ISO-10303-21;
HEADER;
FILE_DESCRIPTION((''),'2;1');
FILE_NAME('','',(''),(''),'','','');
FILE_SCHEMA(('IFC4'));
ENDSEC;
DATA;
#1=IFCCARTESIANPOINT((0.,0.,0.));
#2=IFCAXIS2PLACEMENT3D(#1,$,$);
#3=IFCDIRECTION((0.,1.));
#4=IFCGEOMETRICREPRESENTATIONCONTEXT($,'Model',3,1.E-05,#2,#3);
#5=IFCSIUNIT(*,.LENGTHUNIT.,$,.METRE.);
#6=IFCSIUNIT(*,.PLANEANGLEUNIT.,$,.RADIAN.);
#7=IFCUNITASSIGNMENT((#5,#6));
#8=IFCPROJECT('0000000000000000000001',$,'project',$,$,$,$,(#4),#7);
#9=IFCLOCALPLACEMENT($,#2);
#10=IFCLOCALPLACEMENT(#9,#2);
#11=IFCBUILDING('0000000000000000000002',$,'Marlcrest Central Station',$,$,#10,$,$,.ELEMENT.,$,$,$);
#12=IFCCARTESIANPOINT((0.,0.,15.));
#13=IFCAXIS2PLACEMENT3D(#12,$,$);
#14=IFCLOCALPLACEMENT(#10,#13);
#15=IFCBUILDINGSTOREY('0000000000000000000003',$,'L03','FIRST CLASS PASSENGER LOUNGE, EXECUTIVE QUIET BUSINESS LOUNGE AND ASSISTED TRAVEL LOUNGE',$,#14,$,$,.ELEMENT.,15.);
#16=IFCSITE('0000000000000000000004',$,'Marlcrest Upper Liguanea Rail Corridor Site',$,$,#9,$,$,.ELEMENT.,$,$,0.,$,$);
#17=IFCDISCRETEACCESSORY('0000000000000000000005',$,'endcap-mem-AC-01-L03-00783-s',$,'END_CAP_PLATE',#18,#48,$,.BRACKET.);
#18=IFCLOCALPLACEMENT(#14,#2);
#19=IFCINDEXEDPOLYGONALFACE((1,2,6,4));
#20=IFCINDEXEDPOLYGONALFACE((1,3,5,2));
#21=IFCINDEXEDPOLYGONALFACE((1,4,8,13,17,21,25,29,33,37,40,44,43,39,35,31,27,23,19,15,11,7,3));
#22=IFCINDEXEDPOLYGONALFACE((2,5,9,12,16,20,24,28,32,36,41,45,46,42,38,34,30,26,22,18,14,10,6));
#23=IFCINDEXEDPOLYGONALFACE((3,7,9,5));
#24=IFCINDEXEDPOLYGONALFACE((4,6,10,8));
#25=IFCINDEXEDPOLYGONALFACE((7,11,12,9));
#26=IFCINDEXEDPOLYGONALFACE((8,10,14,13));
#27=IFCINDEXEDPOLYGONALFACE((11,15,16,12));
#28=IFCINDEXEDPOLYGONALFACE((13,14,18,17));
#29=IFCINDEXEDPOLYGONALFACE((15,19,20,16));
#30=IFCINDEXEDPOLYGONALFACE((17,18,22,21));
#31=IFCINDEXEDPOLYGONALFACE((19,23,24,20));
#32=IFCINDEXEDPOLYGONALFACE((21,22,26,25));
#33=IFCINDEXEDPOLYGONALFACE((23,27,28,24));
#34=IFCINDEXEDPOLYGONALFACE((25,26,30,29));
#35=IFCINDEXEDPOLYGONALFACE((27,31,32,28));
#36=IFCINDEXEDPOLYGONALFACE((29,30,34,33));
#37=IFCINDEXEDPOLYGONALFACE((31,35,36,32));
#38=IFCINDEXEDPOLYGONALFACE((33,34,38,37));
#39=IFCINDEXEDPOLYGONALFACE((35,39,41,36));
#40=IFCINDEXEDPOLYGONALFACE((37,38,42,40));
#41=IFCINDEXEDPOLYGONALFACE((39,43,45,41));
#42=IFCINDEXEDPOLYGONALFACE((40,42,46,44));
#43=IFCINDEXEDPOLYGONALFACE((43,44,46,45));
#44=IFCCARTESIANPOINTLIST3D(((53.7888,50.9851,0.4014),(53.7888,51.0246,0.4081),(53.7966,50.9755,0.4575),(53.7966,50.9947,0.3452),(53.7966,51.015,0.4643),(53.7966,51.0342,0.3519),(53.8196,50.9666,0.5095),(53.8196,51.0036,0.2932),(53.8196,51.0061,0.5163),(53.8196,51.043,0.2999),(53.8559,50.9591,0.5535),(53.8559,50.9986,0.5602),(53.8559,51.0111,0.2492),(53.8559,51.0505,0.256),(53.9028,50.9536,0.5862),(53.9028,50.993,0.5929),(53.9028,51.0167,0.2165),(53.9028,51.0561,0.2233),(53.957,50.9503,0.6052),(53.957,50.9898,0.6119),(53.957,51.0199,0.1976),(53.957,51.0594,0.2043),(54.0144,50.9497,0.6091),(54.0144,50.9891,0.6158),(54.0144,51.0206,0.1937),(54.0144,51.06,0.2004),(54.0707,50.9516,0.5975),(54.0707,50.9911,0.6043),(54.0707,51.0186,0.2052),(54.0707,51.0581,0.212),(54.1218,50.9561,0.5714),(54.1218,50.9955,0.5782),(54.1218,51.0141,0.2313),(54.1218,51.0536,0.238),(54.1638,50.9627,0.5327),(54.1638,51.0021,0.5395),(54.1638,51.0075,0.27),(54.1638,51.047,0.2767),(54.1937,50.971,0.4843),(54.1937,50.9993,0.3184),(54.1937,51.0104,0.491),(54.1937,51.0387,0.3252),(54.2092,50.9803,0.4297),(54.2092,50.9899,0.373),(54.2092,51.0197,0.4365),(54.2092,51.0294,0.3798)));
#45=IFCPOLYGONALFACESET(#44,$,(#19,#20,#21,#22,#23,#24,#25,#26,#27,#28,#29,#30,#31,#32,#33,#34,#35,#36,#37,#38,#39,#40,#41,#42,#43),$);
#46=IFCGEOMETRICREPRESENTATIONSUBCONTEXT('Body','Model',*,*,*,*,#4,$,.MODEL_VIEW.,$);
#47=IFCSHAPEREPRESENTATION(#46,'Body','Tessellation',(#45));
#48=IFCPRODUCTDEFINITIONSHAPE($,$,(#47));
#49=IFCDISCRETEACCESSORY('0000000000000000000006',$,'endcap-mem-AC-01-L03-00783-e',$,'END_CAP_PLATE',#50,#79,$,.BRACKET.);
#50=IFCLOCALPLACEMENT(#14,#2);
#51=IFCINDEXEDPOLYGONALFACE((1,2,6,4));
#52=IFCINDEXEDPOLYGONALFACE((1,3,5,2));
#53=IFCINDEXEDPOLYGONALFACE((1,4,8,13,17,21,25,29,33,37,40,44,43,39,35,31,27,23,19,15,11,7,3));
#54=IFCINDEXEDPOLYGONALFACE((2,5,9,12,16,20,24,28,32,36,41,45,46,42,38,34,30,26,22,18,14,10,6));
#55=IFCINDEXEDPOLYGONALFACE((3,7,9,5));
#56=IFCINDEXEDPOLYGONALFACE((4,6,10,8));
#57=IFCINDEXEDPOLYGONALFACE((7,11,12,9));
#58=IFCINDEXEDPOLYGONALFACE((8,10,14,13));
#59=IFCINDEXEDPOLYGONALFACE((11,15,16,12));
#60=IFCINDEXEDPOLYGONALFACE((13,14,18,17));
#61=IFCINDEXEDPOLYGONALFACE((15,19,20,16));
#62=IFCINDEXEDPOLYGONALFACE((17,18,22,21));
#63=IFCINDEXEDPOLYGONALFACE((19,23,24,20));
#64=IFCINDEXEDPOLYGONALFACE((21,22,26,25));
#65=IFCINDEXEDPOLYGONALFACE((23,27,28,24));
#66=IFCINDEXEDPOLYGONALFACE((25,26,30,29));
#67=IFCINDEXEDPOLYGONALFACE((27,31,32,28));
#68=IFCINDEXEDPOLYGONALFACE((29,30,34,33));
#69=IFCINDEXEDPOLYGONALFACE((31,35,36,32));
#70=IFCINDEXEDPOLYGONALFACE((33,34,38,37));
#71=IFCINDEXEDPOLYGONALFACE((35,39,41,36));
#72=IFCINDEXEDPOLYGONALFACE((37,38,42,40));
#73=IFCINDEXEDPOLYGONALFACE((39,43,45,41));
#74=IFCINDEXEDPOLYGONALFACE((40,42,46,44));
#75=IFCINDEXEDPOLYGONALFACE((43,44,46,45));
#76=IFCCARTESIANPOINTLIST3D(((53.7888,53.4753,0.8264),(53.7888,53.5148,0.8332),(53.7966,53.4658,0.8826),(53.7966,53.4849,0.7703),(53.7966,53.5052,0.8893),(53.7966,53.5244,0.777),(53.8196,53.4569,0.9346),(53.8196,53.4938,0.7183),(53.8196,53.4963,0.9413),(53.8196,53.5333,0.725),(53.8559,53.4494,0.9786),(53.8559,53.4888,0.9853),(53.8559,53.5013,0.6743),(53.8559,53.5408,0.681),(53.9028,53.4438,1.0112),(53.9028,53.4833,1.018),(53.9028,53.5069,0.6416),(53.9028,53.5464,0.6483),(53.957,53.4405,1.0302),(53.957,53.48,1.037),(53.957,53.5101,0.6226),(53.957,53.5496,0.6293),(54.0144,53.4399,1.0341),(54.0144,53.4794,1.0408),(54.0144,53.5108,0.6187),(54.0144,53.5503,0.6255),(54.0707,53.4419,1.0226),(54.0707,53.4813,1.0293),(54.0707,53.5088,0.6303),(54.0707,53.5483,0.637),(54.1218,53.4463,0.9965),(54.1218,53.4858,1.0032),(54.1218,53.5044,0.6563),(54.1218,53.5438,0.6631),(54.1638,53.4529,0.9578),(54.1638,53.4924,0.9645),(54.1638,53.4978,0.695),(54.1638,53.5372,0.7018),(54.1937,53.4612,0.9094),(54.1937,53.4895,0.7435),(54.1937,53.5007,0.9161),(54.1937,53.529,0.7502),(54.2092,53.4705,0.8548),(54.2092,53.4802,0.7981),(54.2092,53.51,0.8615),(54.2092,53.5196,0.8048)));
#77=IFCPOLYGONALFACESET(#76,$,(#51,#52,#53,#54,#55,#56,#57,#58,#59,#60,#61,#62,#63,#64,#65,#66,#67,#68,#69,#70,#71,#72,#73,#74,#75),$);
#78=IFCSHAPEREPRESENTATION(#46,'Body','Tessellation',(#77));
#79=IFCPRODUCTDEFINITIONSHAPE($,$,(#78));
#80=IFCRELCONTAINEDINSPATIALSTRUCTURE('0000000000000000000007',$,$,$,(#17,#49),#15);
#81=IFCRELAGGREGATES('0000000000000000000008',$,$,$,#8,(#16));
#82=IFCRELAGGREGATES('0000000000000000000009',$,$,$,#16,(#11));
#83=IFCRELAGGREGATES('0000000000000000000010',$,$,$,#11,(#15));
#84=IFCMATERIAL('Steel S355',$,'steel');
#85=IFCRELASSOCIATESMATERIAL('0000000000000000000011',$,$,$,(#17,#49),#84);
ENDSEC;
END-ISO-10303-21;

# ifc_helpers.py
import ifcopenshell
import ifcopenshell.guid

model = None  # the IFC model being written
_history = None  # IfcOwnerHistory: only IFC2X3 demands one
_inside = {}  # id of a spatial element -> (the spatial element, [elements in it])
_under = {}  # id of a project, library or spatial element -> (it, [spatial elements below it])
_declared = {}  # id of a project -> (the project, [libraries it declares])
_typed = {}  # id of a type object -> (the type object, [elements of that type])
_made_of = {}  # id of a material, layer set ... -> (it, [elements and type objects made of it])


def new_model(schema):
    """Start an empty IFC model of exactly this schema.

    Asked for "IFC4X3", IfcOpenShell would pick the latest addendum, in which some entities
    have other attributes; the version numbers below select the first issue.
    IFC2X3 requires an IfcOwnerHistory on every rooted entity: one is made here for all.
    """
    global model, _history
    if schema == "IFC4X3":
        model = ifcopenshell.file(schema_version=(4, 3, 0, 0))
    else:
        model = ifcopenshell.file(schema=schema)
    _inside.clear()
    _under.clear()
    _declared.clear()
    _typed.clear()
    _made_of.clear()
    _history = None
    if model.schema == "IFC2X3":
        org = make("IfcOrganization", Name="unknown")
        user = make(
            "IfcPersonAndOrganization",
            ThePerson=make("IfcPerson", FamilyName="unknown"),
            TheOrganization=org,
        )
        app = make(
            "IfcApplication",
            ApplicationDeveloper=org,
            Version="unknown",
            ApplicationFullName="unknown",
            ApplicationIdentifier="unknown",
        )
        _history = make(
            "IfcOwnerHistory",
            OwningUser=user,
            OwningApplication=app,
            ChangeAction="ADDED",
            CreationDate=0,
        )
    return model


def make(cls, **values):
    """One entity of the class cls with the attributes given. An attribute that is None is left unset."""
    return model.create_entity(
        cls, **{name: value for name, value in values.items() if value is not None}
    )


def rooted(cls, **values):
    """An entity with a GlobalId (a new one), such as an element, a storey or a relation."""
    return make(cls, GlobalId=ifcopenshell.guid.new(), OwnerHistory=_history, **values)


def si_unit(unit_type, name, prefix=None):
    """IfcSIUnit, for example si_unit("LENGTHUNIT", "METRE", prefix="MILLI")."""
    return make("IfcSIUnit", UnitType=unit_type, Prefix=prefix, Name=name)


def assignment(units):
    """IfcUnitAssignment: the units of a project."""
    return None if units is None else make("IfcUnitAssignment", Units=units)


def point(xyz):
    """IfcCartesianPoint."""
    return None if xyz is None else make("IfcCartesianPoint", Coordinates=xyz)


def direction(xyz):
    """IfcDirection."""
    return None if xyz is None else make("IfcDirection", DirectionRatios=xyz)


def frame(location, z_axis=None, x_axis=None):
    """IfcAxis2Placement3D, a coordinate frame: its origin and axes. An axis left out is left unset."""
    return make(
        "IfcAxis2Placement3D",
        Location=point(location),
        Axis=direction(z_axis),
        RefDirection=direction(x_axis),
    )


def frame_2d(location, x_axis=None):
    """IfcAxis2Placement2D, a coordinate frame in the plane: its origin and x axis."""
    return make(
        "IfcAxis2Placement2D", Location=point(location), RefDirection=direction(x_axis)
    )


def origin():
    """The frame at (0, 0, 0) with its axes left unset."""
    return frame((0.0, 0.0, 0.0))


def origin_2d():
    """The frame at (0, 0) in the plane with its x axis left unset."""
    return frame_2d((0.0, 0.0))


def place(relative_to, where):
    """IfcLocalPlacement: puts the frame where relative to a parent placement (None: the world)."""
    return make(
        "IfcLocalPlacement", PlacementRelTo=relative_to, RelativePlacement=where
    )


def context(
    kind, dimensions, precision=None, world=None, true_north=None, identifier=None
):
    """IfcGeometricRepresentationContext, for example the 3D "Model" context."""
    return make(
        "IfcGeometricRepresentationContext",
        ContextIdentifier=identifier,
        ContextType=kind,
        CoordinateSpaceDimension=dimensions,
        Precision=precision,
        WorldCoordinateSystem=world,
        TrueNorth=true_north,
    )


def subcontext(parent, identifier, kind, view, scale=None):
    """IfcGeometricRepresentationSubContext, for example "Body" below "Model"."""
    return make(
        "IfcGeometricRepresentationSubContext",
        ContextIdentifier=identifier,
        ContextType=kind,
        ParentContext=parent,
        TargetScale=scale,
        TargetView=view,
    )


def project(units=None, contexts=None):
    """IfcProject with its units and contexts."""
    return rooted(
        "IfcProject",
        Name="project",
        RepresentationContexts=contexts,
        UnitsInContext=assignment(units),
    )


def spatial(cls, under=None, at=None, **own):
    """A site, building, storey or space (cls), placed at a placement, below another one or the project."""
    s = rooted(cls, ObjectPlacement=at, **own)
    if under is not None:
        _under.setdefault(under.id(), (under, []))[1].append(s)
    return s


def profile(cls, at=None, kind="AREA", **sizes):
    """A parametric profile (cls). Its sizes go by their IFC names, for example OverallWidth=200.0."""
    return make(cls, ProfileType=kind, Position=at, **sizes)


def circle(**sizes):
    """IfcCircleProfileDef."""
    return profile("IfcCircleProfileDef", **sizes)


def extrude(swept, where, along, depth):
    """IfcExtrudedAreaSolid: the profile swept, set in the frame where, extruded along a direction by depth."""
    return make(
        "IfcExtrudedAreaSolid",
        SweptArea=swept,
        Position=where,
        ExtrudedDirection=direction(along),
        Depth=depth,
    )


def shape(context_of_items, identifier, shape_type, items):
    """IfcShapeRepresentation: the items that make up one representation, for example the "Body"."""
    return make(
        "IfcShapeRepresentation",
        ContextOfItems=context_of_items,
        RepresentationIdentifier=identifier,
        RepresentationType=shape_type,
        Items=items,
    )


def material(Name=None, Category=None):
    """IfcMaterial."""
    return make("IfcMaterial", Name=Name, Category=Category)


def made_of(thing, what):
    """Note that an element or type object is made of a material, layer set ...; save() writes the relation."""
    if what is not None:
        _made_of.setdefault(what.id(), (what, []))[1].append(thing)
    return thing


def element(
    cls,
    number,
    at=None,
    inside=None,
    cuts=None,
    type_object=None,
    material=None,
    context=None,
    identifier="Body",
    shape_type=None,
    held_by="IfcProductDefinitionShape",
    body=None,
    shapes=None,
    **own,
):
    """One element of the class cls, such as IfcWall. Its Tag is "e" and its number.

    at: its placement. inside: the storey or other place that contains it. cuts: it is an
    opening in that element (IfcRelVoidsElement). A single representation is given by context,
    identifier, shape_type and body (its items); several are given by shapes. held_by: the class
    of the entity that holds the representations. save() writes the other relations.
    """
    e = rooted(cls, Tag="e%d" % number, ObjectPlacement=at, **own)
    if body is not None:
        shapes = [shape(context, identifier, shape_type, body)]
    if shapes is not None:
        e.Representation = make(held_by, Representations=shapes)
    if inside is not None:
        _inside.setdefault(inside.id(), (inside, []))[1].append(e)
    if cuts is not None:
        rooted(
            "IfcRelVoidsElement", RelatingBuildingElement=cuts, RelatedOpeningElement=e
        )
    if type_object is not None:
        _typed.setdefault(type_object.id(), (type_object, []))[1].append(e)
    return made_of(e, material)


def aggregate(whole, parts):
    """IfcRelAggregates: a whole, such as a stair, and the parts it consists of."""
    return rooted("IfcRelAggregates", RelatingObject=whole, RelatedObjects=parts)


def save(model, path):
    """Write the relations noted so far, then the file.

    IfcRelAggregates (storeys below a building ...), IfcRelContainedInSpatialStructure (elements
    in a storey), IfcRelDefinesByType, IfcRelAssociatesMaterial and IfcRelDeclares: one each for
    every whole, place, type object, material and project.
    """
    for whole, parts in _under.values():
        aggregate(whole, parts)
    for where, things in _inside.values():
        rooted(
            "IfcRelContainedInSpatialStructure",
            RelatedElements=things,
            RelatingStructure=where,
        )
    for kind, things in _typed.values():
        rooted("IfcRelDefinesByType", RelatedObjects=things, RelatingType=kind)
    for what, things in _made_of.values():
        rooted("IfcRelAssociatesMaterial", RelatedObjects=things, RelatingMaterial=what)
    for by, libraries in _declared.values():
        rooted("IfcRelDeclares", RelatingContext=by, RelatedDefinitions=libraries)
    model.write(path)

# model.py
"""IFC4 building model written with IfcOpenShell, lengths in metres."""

from ifc_helpers import new_model, si_unit, direction, frame, origin, origin_2d, place, context, subcontext, project, spatial, circle, extrude, material, element, save


model = new_model("IFC4")

# Units and contexts
model_context = context("Model", 3, precision=1e-05, world=origin(), true_north=direction((0.0, 1.0)))
body_context = subcontext(model_context, "Body", "Model", "MODEL_VIEW")
ifc_project = project(units=[si_unit("LENGTHUNIT", "METRE"), si_unit("PLANEANGLEUNIT", "RADIAN")], contexts=[model_context])

# Site, building, storey
site_placement = place(None, origin())
site = spatial("IfcSite", under=ifc_project, at=site_placement, Name="Marlcrest Upper Liguanea Rail Corridor Site", CompositionType="ELEMENT", RefElevation=0.0)
building_placement = place(site_placement, origin())
building = spatial("IfcBuilding", under=site, at=building_placement, Name="Marlcrest Central Station", CompositionType="ELEMENT")
storey_placement = place(building_placement, frame((0.0, 0.0, 15.0)))
storey = spatial("IfcBuildingStorey", under=building, at=storey_placement, Name="L03", Description="FIRST CLASS PASSENGER LOUNGE, EXECUTIVE QUIET BUSINESS LOUNGE AND ASSISTED TRAVEL LOUNGE", CompositionType="ELEMENT", Elevation=15.0)

# Shared definitions
ifc_material_1 = material(Name="Steel S355", Category="steel")

# Discrete accessories
for number, where, z_axis, x_axis, name in (
    (1, (54.0, 50.9851, 0.4014), (0.0, 0.985741, 0.168269), (-1.0, 0.0, 0.0), "endcap-mem-AC-01-L03-00783-s"),
    (2, (54.0, 53.4753, 0.8264), (0.0, 0.985741, 0.168269), (-1.0, 0.0, 0.0), "endcap-mem-AC-01-L03-00783-e"),
):
    element("IfcDiscreteAccessory", number, at=place(storey_placement, frame(where, z_axis=z_axis, x_axis=x_axis)), inside=storey, material=ifc_material_1, Name=name, ObjectType="END_CAP_PLATE", PredefinedType="BRACKET", context=body_context, shape_type="SweptSolid", body=[
        extrude(circle(Radius=0.2112, at=origin_2d()), origin(), (0.0, 0.0, 1.0), 0.04),
    ])

save(model, "model.ifc")
